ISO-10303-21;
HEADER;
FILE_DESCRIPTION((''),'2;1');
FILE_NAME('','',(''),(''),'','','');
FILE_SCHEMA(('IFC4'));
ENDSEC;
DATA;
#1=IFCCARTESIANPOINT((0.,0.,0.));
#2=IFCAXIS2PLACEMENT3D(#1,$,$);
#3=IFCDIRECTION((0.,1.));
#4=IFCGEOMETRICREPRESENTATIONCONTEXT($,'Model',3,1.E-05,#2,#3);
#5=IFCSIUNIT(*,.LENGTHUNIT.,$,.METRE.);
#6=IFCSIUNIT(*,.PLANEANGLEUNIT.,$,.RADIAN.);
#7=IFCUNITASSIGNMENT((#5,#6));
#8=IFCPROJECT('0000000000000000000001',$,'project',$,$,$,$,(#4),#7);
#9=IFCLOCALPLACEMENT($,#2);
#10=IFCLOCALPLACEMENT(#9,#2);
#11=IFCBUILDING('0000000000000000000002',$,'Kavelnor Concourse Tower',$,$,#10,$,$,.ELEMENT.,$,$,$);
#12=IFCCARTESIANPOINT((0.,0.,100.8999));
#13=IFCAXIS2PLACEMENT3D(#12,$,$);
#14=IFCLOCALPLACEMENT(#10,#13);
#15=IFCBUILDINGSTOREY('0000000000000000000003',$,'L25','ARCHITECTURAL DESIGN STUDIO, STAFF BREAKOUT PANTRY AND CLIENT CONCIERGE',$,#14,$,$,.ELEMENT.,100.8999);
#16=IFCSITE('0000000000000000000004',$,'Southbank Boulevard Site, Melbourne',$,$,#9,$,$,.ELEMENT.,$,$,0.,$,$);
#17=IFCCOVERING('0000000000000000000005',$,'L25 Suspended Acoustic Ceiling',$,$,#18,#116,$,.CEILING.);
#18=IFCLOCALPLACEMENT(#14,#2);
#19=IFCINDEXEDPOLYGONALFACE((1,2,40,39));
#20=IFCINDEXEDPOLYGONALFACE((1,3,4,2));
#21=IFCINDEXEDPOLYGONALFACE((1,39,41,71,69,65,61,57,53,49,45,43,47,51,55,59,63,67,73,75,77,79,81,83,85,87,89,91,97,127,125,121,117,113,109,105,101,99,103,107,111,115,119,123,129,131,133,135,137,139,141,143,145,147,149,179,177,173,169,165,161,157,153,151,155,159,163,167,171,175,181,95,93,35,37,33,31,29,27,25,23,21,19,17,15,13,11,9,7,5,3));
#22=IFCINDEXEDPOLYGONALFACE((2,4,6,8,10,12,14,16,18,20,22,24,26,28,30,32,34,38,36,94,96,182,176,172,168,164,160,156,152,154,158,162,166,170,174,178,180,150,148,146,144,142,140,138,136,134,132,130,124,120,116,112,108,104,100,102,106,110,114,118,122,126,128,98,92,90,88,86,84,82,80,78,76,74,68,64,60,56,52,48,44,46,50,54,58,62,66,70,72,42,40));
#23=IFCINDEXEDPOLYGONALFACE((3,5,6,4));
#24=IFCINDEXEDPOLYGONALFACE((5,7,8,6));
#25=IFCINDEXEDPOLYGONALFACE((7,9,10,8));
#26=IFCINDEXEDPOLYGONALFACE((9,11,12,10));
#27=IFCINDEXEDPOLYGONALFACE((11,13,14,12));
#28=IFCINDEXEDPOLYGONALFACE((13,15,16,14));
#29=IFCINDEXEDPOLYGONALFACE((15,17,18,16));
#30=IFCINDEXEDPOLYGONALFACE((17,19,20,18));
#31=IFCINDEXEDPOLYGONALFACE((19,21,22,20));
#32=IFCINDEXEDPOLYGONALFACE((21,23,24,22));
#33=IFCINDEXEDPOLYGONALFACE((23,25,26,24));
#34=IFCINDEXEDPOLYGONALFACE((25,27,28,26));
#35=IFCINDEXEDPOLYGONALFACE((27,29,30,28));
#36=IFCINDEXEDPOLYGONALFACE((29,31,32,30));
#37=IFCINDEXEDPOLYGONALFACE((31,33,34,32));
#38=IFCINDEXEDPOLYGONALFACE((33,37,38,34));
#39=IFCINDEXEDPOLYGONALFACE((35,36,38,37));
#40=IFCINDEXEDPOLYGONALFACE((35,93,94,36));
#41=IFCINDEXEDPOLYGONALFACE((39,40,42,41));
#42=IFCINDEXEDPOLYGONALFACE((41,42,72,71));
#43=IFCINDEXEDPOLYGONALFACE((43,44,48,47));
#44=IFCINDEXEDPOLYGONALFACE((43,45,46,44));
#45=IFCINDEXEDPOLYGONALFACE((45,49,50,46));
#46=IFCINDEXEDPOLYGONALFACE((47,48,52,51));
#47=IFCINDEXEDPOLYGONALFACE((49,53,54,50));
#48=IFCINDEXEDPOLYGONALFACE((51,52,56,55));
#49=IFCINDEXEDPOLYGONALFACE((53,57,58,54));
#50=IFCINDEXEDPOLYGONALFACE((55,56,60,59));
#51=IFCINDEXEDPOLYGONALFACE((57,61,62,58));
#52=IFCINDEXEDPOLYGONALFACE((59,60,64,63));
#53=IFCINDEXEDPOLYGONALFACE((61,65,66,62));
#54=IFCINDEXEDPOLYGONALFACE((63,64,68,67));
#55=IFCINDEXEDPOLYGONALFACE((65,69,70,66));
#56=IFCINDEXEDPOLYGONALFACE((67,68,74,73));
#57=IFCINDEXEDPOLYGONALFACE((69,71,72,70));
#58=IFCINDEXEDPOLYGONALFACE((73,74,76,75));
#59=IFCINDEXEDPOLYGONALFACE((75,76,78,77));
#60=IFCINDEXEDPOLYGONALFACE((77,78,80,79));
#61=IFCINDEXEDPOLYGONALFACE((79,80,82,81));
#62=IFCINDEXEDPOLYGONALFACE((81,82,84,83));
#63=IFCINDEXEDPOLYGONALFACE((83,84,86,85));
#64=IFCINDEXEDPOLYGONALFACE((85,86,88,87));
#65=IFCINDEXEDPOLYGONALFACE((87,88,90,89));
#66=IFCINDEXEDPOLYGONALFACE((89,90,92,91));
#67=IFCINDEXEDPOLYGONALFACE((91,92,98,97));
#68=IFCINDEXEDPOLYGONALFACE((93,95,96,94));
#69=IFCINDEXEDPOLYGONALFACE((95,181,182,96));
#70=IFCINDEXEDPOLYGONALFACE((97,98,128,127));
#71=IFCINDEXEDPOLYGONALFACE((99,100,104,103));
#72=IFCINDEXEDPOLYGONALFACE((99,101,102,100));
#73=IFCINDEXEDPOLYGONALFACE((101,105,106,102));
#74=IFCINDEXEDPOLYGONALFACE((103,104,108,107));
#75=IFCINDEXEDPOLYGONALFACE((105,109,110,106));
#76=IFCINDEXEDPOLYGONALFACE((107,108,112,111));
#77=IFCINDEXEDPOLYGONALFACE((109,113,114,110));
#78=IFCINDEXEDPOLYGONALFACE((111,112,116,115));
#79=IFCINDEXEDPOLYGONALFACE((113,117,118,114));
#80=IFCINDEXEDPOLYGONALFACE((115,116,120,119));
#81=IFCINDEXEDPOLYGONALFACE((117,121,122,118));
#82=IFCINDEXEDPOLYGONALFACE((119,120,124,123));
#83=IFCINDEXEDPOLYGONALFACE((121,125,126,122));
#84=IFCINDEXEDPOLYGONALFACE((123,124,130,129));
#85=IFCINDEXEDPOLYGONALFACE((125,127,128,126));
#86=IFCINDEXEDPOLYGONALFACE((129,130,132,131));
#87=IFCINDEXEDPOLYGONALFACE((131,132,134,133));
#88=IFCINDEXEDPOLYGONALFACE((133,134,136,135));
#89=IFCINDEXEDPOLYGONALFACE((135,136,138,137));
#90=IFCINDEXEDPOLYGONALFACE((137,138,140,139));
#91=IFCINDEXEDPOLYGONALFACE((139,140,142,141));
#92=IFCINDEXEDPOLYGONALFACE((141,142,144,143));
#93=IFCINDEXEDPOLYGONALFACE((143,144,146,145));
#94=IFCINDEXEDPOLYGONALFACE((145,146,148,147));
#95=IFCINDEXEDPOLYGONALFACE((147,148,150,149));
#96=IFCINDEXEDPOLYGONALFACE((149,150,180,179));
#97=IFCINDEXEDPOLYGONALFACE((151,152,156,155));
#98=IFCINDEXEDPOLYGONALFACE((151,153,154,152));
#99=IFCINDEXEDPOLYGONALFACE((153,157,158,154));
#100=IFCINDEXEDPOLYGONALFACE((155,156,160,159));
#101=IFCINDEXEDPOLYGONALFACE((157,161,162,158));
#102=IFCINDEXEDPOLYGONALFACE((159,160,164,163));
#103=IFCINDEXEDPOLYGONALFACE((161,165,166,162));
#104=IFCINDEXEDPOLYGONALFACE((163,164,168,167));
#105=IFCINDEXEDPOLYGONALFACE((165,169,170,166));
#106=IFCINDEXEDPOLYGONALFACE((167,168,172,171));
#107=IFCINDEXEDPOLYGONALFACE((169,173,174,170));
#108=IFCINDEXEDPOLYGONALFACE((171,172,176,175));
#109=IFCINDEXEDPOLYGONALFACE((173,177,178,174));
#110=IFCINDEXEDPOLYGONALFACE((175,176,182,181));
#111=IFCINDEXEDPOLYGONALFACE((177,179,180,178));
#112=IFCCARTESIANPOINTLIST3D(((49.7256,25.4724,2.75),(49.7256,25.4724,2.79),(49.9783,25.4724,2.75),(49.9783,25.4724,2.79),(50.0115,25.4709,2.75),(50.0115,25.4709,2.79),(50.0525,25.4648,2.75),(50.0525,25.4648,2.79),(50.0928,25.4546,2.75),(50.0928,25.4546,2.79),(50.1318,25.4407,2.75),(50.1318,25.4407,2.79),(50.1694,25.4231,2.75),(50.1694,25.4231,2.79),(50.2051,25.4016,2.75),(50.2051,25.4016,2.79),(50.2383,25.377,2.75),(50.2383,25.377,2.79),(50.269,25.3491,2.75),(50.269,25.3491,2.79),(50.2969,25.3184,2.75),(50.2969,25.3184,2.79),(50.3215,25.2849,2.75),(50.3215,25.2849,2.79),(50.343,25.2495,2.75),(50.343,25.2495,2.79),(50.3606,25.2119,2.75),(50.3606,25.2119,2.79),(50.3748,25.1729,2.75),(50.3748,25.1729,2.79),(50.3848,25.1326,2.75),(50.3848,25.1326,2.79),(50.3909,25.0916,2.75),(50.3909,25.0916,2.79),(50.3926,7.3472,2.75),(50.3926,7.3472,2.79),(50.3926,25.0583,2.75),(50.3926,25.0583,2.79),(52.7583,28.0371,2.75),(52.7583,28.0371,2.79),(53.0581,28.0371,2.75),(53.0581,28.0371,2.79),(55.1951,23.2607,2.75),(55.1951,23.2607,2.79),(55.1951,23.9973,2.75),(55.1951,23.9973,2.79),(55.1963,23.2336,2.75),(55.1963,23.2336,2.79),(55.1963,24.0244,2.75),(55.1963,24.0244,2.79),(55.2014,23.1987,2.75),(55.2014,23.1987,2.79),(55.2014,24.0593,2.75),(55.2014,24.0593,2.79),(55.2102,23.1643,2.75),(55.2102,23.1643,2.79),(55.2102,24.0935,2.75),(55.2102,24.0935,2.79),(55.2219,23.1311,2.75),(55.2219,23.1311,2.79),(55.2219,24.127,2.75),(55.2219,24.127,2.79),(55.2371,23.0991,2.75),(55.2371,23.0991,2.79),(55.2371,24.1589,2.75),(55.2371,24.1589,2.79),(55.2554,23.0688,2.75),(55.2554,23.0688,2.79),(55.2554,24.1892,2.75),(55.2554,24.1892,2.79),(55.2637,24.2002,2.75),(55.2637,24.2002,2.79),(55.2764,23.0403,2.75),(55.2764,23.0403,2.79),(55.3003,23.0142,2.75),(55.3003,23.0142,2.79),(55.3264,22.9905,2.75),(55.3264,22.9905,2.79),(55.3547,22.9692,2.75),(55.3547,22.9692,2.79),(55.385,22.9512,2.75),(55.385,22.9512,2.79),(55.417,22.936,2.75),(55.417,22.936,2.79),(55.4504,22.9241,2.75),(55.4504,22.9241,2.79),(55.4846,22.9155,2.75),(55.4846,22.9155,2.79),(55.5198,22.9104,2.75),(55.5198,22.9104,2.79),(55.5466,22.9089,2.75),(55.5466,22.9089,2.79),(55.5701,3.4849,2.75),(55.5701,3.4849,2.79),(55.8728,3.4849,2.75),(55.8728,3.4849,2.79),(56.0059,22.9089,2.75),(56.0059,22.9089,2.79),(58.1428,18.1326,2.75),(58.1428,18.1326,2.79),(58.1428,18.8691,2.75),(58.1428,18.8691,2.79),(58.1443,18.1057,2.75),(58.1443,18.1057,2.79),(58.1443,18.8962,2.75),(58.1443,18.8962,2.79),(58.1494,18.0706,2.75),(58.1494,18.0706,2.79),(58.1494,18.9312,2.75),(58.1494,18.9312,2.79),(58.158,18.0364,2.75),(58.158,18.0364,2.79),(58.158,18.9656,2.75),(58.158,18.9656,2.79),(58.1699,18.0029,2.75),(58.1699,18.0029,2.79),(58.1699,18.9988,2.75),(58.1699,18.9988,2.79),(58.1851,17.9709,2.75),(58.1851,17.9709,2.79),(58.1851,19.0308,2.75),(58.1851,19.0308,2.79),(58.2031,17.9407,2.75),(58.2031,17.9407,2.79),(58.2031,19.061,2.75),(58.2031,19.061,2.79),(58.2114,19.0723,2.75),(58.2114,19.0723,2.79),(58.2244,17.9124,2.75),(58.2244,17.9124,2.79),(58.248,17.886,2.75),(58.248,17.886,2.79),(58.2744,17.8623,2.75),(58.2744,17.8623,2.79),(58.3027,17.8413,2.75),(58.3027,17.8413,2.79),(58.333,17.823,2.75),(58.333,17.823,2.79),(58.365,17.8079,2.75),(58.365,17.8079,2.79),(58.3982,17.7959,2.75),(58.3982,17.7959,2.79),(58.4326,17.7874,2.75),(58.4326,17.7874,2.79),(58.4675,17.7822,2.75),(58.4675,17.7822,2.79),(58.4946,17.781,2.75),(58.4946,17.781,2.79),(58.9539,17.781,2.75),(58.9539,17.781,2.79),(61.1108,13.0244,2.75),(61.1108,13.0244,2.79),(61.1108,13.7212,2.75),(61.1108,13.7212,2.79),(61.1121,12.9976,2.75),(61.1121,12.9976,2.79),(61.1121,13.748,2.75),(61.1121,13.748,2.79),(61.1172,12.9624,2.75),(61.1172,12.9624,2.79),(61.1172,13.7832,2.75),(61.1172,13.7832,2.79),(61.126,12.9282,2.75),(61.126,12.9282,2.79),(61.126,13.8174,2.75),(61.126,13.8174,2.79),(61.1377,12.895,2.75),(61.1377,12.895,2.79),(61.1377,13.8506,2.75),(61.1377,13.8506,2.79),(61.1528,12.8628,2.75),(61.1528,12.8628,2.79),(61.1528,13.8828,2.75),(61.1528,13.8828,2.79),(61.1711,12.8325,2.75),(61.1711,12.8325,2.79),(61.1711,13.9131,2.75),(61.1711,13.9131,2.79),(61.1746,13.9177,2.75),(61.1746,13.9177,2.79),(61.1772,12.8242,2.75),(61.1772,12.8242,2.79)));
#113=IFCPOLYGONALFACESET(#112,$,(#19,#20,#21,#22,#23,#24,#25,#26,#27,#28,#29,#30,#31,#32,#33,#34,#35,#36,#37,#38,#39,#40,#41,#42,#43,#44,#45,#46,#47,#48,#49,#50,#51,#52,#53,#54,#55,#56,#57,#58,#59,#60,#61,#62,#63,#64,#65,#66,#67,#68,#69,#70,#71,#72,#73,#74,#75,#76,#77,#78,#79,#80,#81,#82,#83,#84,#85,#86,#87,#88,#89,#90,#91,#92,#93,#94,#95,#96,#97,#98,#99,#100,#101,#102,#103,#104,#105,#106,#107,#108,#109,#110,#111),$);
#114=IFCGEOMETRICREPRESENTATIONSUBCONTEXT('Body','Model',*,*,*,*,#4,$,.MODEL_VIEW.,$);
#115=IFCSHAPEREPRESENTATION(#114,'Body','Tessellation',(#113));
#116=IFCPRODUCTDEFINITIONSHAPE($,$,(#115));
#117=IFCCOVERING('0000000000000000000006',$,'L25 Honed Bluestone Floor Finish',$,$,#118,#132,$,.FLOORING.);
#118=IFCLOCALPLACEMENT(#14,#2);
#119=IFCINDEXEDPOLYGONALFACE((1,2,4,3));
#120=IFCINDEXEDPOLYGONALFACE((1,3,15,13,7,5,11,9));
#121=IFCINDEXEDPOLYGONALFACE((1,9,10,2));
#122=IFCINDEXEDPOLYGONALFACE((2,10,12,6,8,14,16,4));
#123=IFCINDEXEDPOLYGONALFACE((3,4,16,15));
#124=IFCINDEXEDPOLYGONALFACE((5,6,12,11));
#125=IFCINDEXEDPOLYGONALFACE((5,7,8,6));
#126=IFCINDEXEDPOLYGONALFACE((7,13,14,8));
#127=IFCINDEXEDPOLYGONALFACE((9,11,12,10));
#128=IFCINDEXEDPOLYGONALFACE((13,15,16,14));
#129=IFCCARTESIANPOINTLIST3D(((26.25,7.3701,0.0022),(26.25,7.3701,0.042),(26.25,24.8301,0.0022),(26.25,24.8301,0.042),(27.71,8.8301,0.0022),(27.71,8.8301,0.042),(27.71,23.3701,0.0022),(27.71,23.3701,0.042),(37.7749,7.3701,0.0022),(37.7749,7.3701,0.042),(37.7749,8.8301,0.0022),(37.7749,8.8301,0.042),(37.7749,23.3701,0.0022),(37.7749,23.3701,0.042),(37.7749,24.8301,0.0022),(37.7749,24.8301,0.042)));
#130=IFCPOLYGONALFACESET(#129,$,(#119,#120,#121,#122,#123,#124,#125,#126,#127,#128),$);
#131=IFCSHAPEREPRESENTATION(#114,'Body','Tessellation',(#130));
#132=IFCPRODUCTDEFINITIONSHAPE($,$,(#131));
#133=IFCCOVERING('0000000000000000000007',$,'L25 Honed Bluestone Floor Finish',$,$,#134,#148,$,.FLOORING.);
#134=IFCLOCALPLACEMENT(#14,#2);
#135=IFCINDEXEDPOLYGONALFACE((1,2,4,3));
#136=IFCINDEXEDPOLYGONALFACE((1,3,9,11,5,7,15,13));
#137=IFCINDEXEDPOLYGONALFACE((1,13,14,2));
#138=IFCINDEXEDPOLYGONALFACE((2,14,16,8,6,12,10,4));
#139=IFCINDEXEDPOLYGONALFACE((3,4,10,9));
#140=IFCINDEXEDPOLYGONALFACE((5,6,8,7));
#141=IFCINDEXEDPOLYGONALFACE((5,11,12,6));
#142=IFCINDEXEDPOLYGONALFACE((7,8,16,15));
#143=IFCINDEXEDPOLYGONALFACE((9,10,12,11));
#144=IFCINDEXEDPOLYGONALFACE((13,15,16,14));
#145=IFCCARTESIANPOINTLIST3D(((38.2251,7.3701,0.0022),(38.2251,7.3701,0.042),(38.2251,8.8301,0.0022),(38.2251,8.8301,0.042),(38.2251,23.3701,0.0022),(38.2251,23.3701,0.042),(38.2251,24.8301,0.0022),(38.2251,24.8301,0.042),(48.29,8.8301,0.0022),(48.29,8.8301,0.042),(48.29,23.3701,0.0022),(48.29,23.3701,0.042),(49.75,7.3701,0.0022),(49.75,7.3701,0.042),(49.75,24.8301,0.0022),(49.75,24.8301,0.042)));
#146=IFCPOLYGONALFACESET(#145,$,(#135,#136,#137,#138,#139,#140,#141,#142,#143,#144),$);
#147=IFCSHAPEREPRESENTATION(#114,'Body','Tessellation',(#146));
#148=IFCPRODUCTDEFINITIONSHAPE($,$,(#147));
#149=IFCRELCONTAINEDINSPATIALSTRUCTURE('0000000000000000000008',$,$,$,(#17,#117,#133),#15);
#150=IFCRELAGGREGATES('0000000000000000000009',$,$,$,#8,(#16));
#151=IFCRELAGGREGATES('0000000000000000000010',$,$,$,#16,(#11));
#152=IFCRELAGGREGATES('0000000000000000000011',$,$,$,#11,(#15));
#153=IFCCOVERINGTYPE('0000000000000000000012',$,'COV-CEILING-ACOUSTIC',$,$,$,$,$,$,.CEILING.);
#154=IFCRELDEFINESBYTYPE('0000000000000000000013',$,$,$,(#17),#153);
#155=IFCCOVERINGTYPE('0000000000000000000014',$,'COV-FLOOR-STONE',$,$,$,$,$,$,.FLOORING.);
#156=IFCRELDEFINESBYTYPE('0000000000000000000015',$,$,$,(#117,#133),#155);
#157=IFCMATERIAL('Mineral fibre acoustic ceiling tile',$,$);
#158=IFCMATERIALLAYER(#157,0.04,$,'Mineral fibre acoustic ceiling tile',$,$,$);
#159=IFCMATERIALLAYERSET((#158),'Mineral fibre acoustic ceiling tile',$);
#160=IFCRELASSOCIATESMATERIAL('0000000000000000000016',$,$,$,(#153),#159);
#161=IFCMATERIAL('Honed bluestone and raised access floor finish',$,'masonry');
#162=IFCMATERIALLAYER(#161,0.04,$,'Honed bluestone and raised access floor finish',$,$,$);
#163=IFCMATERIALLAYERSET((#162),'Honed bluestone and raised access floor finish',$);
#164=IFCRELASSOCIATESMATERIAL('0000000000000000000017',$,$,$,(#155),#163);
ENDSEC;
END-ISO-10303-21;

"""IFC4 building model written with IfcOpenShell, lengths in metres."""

from ifc_helpers import new_model, si_unit, direction, frame, origin, place, context, subcontext, project, spatial, polyline, outline, extrude, material, layer, layer_set, type_object, element, save


model = new_model("IFC4")

# Units and contexts
model_context = context("Model", 3, precision=1e-05, world=origin(), true_north=direction((0.0, 1.0)))
body_context = subcontext(model_context, "Body", "Model", "MODEL_VIEW")
ifc_project = project(units=[si_unit("LENGTHUNIT", "METRE"), si_unit("PLANEANGLEUNIT", "RADIAN")], contexts=[model_context])

# Site, building, storey
site_placement = place(None, origin())
site = spatial("IfcSite", under=ifc_project, at=site_placement, Name="Southbank Boulevard Site, Melbourne", CompositionType="ELEMENT", RefElevation=0.0)
building_placement = place(site_placement, origin())
building = spatial("IfcBuilding", under=site, at=building_placement, Name="Kavelnor Concourse Tower", CompositionType="ELEMENT")
storey_placement = place(building_placement, frame((0.0, 0.0, 100.8999)))
storey = spatial("IfcBuildingStorey", under=building, at=storey_placement, Name="L25", Description="ARCHITECTURAL DESIGN STUDIO, STAFF BREAKOUT PANTRY AND CLIENT CONCIERGE", CompositionType="ELEMENT", Elevation=100.8999)

# Coverings
ifc_material_1 = material(Name="Mineral fibre acoustic ceiling tile")
ifc_layer_1 = layer(ifc_material_1, 0.04, Name="Mineral fibre acoustic ceiling tile")
ifc_layer_set_1 = layer_set([ifc_layer_1], Name="Mineral fibre acoustic ceiling tile")
covering_type_1 = type_object("IfcCoveringType", Name="COV-CEILING-ACOUSTIC", PredefinedType="CEILING", material=ifc_layer_set_1)
covering_1_placement = place(storey_placement, frame((0.0, 0.0, 2.75)))
element("IfcCovering", 1, at=covering_1_placement, inside=storey, type_object=covering_type_1, Name="L25 Suspended Acoustic Ceiling", PredefinedType="CEILING", context=body_context, shape_type="SweptSolid", body=[
    extrude(outline(polyline([(50.3926, 25.0583), (50.3909, 25.0916), (50.3848, 25.1326), (50.3748, 25.1729), (50.3606, 25.2119), (50.343, 25.2495), (50.3215, 25.2849), (50.2969, 25.3184), (50.269, 25.3491), (50.2383, 25.377), (50.2051, 25.4016), (50.1694, 25.4231), (50.1318, 25.4407), (50.0928, 25.4546), (50.0525, 25.4648), (50.0115, 25.4709), (49.9783, 25.4724), (49.7256, 25.4724), (52.7583, 28.0371), (53.0581, 28.0371), (55.2637, 24.2002), (55.2554, 24.1892), (55.2371, 24.1589), (55.2219, 24.127), (55.2102, 24.0935), (55.2014, 24.0593), (55.1963, 24.0244), (55.1951, 23.9973), (55.1951, 23.2607), (55.1963, 23.2336), (55.2014, 23.1987), (55.2102, 23.1643), (55.2219, 23.1311), (55.2371, 23.0991), (55.2554, 23.0688), (55.2764, 23.0403), (55.3003, 23.0142), (55.3264, 22.9905), (55.3547, 22.9692), (55.385, 22.9512), (55.417, 22.936), (55.4504, 22.9241), (55.4846, 22.9155), (55.5198, 22.9104), (55.5466, 22.9089), (56.0059, 22.9089), (58.2114, 19.0723), (58.2031, 19.061), (58.1851, 19.0308), (58.1699, 18.9988), (58.158, 18.9656), (58.1494, 18.9312), (58.1443, 18.8962), (58.1428, 18.8691), (58.1428, 18.1326), (58.1443, 18.1057), (58.1494, 18.0706), (58.158, 18.0364), (58.1699, 18.0029), (58.1851, 17.9709), (58.2031, 17.9407), (58.2244, 17.9124), (58.248, 17.886), (58.2744, 17.8623), (58.3027, 17.8413), (58.333, 17.823), (58.365, 17.8079), (58.3982, 17.7959), (58.4326, 17.7874), (58.4675, 17.7822), (58.4946, 17.781), (58.9539, 17.781), (61.1746, 13.9177), (61.1711, 13.9131), (61.1528, 13.8828), (61.1377, 13.8506), (61.126, 13.8174), (61.1172, 13.7832), (61.1121, 13.748), (61.1108, 13.7212), (61.1108, 13.0244), (61.1121, 12.9976), (61.1172, 12.9624), (61.126, 12.9282), (61.1377, 12.895), (61.1528, 12.8628), (61.1711, 12.8325), (61.1772, 12.8242), (55.8728, 3.4849), (55.5701, 3.4849), (50.3926, 7.3472), (50.3926, 25.0583)])), origin(), (0.0, 0.0, 1.0), 0.04),
])
ifc_material_2 = material(Name="Honed bluestone and raised access floor finish", Category="masonry")
ifc_layer_2 = layer(ifc_material_2, 0.04, Name="Honed bluestone and raised access floor finish")
ifc_layer_set_2 = layer_set([ifc_layer_2], Name="Honed bluestone and raised access floor finish")
covering_type_2 = type_object("IfcCoveringType", Name="COV-FLOOR-STONE", PredefinedType="FLOORING", material=ifc_layer_set_2)
covering_2_placement = place(storey_placement, frame((0.0, 0.0, 0.0022)))
element("IfcCovering", 2, at=covering_2_placement, inside=storey, type_object=covering_type_2, Name="L25 Honed Bluestone Floor Finish", PredefinedType="FLOORING", context=body_context, shape_type="SweptSolid", body=[
    extrude(outline(polyline([(26.25, 7.3701), (26.25, 24.8301), (37.7749, 24.8301), (37.7749, 23.3701), (27.71, 23.3701), (27.71, 8.8301), (37.7749, 8.8301), (37.7749, 7.3701), (26.25, 7.3701)])), origin(), (0.0, 0.0, 1.0), 0.0398),
])
covering_3_placement = place(storey_placement, frame((0.0, 0.0, 0.0022)))
element("IfcCovering", 3, at=covering_3_placement, inside=storey, type_object=covering_type_2, Name="L25 Honed Bluestone Floor Finish", PredefinedType="FLOORING", context=body_context, shape_type="SweptSolid", body=[
    extrude(outline(polyline([(49.75, 7.3701), (38.2251, 7.3701), (38.2251, 8.8301), (48.29, 8.8301), (48.29, 23.3701), (38.2251, 23.3701), (38.2251, 24.8301), (49.75, 24.8301), (49.75, 7.3701)])), origin(), (0.0, 0.0, 1.0), 0.0398),
])

save(model, "model.ifc")
